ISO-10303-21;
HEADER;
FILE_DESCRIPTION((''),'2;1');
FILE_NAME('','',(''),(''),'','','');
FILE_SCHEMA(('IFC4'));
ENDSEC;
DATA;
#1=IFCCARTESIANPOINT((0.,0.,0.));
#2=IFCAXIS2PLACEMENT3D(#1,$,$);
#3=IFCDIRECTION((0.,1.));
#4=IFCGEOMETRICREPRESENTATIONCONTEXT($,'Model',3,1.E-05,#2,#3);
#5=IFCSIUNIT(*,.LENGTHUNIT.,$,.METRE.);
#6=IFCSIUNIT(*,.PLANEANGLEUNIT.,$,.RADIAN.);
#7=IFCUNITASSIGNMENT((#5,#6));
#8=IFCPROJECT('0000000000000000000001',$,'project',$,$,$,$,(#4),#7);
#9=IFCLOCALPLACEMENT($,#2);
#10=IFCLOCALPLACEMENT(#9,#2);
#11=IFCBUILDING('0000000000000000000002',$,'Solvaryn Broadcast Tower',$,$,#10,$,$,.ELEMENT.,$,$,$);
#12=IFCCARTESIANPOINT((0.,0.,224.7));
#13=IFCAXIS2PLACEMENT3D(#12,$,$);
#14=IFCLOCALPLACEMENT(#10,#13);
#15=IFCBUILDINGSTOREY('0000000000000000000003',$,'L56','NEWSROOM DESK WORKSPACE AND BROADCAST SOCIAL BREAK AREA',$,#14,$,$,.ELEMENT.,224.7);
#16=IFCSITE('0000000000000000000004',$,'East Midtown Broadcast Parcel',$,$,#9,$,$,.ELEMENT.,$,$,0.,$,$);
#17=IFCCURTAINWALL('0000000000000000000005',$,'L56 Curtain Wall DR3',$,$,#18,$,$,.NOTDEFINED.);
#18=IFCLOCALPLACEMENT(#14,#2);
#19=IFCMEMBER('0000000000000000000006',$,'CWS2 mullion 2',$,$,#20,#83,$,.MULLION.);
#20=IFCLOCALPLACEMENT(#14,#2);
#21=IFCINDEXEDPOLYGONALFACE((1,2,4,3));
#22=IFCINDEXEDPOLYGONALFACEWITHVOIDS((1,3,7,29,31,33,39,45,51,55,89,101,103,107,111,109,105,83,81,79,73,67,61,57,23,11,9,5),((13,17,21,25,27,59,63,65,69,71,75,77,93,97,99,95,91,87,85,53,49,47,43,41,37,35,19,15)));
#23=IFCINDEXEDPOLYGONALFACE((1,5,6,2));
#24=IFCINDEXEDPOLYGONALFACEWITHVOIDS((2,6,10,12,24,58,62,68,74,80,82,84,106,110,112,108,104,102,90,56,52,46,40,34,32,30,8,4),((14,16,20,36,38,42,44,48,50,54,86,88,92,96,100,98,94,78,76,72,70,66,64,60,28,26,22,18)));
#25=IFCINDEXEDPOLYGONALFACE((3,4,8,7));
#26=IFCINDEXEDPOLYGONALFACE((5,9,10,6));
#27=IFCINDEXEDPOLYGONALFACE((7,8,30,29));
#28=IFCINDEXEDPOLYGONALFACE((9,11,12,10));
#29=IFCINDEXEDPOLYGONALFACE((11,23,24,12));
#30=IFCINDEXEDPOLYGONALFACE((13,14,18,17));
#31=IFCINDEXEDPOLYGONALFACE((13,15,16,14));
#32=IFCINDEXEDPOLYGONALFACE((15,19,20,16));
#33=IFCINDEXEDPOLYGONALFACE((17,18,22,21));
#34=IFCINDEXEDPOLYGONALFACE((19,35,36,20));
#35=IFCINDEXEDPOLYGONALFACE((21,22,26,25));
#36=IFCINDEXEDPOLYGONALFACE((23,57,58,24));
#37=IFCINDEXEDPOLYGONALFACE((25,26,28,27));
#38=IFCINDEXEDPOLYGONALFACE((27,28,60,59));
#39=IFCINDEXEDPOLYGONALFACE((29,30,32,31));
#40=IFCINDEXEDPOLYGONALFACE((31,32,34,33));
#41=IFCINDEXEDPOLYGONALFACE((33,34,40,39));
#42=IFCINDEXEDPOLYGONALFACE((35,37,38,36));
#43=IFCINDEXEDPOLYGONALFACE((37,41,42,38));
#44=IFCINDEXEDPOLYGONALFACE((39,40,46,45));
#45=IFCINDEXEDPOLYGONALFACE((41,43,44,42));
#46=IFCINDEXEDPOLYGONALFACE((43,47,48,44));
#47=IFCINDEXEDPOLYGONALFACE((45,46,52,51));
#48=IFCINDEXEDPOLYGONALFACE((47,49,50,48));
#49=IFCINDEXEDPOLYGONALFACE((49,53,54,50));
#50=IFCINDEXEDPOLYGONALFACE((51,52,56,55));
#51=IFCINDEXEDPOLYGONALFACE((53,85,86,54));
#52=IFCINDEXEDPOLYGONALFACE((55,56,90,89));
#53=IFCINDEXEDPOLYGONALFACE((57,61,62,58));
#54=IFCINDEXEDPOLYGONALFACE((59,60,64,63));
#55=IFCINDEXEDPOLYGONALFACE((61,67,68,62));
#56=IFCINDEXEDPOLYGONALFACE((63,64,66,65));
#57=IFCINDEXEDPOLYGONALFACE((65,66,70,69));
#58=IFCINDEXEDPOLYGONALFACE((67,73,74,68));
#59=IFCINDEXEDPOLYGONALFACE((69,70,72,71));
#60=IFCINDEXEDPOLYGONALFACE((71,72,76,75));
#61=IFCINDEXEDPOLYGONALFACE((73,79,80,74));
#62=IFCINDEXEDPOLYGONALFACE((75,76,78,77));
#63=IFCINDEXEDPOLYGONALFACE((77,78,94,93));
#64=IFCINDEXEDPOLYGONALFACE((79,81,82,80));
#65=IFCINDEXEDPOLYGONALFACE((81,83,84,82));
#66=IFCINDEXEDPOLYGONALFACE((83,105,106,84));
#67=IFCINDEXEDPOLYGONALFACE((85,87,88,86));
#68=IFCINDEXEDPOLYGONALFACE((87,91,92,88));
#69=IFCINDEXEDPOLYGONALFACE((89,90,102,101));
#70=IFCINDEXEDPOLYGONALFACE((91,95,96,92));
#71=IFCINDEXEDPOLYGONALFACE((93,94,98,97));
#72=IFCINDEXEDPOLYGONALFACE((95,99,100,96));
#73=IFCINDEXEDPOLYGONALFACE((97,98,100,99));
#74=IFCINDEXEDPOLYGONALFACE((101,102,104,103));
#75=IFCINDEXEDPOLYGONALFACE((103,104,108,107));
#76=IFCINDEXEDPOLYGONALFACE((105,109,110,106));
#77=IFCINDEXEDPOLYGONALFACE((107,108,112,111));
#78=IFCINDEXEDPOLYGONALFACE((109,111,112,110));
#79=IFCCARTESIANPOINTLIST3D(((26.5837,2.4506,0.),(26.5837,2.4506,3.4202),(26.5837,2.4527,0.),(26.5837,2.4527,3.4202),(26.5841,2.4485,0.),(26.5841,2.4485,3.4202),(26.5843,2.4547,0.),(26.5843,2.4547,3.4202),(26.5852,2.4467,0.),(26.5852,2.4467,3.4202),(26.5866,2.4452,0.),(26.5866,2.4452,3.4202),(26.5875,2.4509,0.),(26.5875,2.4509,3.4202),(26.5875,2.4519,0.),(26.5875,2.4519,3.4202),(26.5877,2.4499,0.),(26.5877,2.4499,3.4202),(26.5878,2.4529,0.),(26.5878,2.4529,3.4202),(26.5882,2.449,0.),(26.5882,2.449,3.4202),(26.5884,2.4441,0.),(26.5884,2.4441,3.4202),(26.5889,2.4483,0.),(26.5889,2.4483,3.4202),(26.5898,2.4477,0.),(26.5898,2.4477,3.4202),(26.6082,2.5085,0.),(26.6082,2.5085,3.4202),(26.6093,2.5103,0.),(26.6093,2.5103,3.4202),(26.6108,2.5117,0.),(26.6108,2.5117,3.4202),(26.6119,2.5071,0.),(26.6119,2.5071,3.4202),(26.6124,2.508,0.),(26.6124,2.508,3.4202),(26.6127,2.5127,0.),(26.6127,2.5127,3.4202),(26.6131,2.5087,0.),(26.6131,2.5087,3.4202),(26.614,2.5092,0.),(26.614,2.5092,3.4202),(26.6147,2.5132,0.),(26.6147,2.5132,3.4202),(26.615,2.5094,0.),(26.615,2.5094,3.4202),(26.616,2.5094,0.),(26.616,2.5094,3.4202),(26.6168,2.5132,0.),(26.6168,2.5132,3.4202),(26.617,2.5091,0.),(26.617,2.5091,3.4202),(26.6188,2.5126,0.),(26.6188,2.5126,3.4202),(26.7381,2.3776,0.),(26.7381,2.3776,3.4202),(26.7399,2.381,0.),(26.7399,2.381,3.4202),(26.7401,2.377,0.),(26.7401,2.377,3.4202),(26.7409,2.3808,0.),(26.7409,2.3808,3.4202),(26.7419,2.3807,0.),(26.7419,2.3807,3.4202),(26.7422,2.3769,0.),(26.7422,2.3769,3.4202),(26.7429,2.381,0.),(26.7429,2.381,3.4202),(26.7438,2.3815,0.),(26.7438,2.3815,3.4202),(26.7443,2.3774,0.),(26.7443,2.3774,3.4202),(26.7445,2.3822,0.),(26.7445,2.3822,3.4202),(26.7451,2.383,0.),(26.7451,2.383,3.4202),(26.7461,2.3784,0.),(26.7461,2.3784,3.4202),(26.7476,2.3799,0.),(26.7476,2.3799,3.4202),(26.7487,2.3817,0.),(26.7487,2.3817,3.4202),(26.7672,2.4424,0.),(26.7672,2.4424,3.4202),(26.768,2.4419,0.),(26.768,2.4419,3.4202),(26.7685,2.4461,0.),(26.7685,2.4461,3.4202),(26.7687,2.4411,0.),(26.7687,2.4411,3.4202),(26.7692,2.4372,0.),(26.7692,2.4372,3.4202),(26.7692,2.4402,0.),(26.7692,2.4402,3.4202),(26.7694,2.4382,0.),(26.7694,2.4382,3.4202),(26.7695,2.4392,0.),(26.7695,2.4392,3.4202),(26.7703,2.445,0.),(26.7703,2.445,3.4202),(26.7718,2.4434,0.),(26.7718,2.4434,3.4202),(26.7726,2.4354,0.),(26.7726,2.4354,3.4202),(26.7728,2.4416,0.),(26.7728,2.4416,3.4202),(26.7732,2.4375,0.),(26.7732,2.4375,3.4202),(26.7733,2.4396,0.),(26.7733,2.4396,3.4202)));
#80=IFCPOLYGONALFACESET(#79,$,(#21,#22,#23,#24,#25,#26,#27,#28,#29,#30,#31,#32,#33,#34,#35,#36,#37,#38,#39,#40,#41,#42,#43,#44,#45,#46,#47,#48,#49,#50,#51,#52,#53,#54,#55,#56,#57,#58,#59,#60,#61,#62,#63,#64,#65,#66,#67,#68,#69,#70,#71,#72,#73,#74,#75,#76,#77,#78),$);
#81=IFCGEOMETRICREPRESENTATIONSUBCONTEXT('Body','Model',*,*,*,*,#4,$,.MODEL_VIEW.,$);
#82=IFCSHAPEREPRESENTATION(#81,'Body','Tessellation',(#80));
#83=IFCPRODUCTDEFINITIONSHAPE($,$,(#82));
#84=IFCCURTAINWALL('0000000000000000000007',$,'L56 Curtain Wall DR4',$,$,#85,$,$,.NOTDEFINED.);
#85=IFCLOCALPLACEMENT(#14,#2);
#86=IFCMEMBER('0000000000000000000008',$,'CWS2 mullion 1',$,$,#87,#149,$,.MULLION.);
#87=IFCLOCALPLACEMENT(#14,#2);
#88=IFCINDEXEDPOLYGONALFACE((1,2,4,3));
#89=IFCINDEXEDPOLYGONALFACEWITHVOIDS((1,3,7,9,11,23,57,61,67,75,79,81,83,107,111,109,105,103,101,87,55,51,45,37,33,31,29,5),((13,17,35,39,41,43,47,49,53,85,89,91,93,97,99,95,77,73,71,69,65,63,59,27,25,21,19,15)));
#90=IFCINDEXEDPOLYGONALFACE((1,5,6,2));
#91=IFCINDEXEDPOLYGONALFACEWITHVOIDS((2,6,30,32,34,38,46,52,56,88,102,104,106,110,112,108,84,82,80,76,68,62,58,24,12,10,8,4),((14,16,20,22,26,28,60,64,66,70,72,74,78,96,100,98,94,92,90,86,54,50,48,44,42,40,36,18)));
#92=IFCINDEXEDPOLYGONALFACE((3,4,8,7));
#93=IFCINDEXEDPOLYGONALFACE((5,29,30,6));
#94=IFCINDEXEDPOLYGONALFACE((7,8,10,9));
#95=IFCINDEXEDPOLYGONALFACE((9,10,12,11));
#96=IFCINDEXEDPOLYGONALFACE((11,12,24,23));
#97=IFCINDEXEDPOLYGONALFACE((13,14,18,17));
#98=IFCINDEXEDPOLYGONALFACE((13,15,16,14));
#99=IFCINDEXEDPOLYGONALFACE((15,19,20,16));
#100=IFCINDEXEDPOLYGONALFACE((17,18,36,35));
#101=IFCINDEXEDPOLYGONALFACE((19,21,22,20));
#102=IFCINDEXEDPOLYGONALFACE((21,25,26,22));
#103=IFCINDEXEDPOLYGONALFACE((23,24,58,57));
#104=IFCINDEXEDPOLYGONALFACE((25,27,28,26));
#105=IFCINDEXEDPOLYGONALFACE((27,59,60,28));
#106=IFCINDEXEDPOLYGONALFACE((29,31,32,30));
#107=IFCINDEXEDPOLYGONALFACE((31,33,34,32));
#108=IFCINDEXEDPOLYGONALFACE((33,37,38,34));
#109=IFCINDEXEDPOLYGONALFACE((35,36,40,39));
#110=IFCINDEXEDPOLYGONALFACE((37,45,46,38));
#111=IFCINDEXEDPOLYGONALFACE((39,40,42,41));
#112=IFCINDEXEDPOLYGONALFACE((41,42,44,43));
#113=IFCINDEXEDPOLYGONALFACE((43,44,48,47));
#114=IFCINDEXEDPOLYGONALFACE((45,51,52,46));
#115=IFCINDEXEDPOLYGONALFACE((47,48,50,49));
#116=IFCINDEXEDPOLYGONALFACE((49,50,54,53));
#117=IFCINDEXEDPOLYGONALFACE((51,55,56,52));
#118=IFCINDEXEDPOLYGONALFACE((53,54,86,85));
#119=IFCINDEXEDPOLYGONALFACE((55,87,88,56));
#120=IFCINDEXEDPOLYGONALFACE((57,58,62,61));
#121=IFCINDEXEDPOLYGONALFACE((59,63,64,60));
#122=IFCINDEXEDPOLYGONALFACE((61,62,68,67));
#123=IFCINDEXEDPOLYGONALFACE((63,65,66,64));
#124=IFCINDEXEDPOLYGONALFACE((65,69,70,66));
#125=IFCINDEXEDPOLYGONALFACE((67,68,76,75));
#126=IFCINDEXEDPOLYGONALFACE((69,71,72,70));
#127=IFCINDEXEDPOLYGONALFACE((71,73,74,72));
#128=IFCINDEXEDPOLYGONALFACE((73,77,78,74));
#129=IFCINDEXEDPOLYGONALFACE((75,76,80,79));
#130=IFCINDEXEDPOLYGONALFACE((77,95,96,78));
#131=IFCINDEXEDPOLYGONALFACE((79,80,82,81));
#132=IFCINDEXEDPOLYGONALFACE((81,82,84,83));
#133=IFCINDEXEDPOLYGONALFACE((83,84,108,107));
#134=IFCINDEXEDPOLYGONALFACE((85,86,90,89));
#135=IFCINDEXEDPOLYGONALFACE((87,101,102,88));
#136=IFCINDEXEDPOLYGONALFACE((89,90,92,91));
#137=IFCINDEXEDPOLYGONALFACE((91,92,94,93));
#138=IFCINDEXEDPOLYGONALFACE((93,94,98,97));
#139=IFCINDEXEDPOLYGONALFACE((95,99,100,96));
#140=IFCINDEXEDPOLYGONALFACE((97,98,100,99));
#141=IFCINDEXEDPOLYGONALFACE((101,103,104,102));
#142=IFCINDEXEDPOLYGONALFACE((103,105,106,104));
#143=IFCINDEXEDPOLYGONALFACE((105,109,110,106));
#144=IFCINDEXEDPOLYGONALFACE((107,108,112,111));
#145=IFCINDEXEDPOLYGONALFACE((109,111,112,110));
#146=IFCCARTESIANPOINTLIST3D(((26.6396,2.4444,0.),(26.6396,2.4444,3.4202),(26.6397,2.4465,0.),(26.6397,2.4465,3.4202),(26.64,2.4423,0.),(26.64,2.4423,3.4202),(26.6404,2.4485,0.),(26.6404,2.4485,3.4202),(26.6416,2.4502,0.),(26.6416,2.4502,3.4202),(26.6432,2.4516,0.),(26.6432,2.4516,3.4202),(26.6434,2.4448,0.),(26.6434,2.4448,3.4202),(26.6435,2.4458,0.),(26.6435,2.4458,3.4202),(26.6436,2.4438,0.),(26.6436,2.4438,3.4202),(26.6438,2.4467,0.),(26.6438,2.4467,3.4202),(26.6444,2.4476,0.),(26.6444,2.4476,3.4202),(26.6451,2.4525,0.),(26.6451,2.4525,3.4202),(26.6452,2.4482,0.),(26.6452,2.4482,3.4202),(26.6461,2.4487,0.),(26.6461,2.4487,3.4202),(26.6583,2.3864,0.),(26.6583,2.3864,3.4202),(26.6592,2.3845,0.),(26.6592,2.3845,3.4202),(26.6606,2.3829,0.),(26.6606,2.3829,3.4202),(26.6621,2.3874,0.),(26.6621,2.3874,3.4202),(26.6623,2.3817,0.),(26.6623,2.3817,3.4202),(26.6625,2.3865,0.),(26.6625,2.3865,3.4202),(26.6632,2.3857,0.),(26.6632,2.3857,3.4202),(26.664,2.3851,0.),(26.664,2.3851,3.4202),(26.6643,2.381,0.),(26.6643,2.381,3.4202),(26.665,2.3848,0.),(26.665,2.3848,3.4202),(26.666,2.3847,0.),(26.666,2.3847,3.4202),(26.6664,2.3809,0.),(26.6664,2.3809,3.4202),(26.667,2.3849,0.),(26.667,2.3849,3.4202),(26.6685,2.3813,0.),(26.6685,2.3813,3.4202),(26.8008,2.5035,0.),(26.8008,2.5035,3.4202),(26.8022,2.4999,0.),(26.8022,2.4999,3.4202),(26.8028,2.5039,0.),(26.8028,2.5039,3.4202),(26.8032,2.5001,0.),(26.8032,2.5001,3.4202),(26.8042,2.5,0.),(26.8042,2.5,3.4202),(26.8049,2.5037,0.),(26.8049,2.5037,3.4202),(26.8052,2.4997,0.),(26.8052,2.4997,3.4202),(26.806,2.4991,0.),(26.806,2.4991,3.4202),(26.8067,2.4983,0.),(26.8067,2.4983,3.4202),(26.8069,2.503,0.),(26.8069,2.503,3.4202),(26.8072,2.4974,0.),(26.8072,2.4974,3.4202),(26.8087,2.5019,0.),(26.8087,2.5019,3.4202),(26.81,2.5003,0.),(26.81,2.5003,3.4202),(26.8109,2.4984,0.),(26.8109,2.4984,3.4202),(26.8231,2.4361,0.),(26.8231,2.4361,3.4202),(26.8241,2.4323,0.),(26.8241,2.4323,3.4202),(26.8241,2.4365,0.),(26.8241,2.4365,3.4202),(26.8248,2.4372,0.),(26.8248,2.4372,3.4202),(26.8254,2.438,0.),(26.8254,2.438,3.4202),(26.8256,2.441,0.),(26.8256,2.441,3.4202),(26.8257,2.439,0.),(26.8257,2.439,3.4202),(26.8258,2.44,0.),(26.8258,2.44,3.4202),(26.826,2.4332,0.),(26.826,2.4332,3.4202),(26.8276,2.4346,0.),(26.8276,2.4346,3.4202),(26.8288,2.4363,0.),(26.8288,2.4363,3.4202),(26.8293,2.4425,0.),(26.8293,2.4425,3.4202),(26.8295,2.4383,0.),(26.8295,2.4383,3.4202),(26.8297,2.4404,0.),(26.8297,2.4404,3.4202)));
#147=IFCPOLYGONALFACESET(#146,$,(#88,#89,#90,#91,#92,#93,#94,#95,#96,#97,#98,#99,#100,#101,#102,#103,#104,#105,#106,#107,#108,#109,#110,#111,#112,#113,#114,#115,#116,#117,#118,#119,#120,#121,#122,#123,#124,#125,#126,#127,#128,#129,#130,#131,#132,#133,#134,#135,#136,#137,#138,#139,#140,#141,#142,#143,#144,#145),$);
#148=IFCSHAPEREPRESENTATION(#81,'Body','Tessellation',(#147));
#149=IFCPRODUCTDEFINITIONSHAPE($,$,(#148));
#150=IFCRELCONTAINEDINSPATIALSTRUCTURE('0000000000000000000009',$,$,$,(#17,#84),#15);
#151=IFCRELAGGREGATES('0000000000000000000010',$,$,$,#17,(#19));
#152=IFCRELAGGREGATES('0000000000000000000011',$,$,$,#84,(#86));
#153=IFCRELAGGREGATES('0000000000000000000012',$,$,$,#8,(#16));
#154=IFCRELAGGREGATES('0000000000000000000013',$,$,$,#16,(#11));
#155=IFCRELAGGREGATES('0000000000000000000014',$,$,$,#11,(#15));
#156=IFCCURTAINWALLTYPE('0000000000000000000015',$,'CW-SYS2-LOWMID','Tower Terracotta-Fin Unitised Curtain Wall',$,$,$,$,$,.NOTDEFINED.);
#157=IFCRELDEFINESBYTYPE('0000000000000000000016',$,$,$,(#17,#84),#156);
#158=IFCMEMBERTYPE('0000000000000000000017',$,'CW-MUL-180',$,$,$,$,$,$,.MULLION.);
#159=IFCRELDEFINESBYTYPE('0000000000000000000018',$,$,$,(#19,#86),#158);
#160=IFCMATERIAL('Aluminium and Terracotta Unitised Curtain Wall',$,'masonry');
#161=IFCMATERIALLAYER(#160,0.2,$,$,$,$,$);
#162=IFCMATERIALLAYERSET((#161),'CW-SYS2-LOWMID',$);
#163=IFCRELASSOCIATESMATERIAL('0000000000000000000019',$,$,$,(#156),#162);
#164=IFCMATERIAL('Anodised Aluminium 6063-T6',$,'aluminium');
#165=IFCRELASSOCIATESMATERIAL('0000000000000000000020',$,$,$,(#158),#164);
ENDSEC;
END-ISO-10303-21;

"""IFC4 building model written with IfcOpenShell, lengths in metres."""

from ifc_helpers import new_model, si_unit, direction, frame, origin, origin_2d, place, context, subcontext, project, spatial, hollow_rectangle, extrude, material, layer, layer_set, material_profile, profile_set, type_object, element, aggregate, save


model = new_model("IFC4")

# Units and contexts
model_context = context("Model", 3, precision=1e-05, world=origin(), true_north=direction((0.0, 1.0)))
body_context = subcontext(model_context, "Body", "Model", "MODEL_VIEW")
ifc_project = project(units=[si_unit("LENGTHUNIT", "METRE"), si_unit("PLANEANGLEUNIT", "RADIAN")], contexts=[model_context])

# Site, building, storey
site_placement = place(None, origin())
site = spatial("IfcSite", under=ifc_project, at=site_placement, Name="East Midtown Broadcast Parcel", CompositionType="ELEMENT", RefElevation=0.0)
building_placement = place(site_placement, origin())
building = spatial("IfcBuilding", under=site, at=building_placement, Name="Solvaryn Broadcast Tower", CompositionType="ELEMENT")
storey_placement = place(building_placement, frame((0.0, 0.0, 224.7)))
storey = spatial("IfcBuildingStorey", under=building, at=storey_placement, Name="L56", Description="NEWSROOM DESK WORKSPACE AND BROADCAST SOCIAL BREAK AREA", CompositionType="ELEMENT", Elevation=224.7)

# Curtain wall, member
ifc_material_1 = material(Name="Aluminium and Terracotta Unitised Curtain Wall", Category="masonry")
ifc_layer_1 = layer(ifc_material_1, 0.2)
ifc_layer_set_1 = layer_set([ifc_layer_1], Name="CW-SYS2-LOWMID")
curtain_wall_type = type_object("IfcCurtainWallType", Name="CW-SYS2-LOWMID", Description="Tower Terracotta-Fin Unitised Curtain Wall", PredefinedType="NOTDEFINED", material=ifc_layer_set_1)
curtain_wall_1_placement = place(storey_placement, origin())
curtain_wall_1 = element("IfcCurtainWall", 1, at=curtain_wall_1_placement, inside=storey, type_object=curtain_wall_type, Name="L56 Curtain Wall DR3", PredefinedType="NOTDEFINED")
ifc_material_2 = material(Name="Anodised Aluminium 6063-T6", Category="aluminium")
ifc_material_profile_1 = material_profile(ifc_material_2, hollow_rectangle(XDim=0.075, YDim=0.1799, WallThickness=0.0039, InnerFilletRadius=0.0039, OuterFilletRadius=0.0081, at=origin_2d()))
ifc_profile_set_1 = profile_set([ifc_material_profile_1], Name="Anodised Aluminium 6063-T6")
member_type_1 = type_object("IfcMemberType", Name="CW-MUL-180", PredefinedType="MULLION", material=ifc_profile_set_1)
member_1_placement = place(storey_placement, frame((26.6785, 2.4451, 0.0), z_axis=(0.0, 0.0, 1.0), x_axis=(0.405901, 0.913917, 0.0)))
member_1 = element("IfcMember", 2, at=member_1_placement, type_object=member_type_1, Name="CWS2 mullion 2", PredefinedType="MULLION", context=body_context, shape_type="SweptSolid", body=[
    extrude(hollow_rectangle(XDim=0.075, YDim=0.1799, WallThickness=0.0039, InnerFilletRadius=0.0039, OuterFilletRadius=0.0081, at=origin_2d()), origin(), (0.0, 0.0, 1.0), 3.4202),
])
aggregate(curtain_wall_1, [member_1])

# Curtain wall, member
curtain_wall_2_placement = place(storey_placement, origin())
curtain_wall_2 = element("IfcCurtainWall", 3, at=curtain_wall_2_placement, inside=storey, type_object=curtain_wall_type, Name="L56 Curtain Wall DR4", PredefinedType="NOTDEFINED")
member_2_placement = place(storey_placement, frame((26.7346, 2.4424, 0.0), z_axis=(0.0, 0.0, 1.0), x_axis=(-0.311559, 0.950227, 0.0)))
member_2 = element("IfcMember", 4, at=member_2_placement, type_object=member_type_1, Name="CWS2 mullion 1", PredefinedType="MULLION", context=body_context, shape_type="SweptSolid", body=[
    extrude(hollow_rectangle(XDim=0.075, YDim=0.1799, WallThickness=0.0039, InnerFilletRadius=0.0039, OuterFilletRadius=0.0081, at=origin_2d()), origin(), (0.0, 0.0, 1.0), 3.4202),
])
aggregate(curtain_wall_2, [member_2])

save(model, "model.ifc")
